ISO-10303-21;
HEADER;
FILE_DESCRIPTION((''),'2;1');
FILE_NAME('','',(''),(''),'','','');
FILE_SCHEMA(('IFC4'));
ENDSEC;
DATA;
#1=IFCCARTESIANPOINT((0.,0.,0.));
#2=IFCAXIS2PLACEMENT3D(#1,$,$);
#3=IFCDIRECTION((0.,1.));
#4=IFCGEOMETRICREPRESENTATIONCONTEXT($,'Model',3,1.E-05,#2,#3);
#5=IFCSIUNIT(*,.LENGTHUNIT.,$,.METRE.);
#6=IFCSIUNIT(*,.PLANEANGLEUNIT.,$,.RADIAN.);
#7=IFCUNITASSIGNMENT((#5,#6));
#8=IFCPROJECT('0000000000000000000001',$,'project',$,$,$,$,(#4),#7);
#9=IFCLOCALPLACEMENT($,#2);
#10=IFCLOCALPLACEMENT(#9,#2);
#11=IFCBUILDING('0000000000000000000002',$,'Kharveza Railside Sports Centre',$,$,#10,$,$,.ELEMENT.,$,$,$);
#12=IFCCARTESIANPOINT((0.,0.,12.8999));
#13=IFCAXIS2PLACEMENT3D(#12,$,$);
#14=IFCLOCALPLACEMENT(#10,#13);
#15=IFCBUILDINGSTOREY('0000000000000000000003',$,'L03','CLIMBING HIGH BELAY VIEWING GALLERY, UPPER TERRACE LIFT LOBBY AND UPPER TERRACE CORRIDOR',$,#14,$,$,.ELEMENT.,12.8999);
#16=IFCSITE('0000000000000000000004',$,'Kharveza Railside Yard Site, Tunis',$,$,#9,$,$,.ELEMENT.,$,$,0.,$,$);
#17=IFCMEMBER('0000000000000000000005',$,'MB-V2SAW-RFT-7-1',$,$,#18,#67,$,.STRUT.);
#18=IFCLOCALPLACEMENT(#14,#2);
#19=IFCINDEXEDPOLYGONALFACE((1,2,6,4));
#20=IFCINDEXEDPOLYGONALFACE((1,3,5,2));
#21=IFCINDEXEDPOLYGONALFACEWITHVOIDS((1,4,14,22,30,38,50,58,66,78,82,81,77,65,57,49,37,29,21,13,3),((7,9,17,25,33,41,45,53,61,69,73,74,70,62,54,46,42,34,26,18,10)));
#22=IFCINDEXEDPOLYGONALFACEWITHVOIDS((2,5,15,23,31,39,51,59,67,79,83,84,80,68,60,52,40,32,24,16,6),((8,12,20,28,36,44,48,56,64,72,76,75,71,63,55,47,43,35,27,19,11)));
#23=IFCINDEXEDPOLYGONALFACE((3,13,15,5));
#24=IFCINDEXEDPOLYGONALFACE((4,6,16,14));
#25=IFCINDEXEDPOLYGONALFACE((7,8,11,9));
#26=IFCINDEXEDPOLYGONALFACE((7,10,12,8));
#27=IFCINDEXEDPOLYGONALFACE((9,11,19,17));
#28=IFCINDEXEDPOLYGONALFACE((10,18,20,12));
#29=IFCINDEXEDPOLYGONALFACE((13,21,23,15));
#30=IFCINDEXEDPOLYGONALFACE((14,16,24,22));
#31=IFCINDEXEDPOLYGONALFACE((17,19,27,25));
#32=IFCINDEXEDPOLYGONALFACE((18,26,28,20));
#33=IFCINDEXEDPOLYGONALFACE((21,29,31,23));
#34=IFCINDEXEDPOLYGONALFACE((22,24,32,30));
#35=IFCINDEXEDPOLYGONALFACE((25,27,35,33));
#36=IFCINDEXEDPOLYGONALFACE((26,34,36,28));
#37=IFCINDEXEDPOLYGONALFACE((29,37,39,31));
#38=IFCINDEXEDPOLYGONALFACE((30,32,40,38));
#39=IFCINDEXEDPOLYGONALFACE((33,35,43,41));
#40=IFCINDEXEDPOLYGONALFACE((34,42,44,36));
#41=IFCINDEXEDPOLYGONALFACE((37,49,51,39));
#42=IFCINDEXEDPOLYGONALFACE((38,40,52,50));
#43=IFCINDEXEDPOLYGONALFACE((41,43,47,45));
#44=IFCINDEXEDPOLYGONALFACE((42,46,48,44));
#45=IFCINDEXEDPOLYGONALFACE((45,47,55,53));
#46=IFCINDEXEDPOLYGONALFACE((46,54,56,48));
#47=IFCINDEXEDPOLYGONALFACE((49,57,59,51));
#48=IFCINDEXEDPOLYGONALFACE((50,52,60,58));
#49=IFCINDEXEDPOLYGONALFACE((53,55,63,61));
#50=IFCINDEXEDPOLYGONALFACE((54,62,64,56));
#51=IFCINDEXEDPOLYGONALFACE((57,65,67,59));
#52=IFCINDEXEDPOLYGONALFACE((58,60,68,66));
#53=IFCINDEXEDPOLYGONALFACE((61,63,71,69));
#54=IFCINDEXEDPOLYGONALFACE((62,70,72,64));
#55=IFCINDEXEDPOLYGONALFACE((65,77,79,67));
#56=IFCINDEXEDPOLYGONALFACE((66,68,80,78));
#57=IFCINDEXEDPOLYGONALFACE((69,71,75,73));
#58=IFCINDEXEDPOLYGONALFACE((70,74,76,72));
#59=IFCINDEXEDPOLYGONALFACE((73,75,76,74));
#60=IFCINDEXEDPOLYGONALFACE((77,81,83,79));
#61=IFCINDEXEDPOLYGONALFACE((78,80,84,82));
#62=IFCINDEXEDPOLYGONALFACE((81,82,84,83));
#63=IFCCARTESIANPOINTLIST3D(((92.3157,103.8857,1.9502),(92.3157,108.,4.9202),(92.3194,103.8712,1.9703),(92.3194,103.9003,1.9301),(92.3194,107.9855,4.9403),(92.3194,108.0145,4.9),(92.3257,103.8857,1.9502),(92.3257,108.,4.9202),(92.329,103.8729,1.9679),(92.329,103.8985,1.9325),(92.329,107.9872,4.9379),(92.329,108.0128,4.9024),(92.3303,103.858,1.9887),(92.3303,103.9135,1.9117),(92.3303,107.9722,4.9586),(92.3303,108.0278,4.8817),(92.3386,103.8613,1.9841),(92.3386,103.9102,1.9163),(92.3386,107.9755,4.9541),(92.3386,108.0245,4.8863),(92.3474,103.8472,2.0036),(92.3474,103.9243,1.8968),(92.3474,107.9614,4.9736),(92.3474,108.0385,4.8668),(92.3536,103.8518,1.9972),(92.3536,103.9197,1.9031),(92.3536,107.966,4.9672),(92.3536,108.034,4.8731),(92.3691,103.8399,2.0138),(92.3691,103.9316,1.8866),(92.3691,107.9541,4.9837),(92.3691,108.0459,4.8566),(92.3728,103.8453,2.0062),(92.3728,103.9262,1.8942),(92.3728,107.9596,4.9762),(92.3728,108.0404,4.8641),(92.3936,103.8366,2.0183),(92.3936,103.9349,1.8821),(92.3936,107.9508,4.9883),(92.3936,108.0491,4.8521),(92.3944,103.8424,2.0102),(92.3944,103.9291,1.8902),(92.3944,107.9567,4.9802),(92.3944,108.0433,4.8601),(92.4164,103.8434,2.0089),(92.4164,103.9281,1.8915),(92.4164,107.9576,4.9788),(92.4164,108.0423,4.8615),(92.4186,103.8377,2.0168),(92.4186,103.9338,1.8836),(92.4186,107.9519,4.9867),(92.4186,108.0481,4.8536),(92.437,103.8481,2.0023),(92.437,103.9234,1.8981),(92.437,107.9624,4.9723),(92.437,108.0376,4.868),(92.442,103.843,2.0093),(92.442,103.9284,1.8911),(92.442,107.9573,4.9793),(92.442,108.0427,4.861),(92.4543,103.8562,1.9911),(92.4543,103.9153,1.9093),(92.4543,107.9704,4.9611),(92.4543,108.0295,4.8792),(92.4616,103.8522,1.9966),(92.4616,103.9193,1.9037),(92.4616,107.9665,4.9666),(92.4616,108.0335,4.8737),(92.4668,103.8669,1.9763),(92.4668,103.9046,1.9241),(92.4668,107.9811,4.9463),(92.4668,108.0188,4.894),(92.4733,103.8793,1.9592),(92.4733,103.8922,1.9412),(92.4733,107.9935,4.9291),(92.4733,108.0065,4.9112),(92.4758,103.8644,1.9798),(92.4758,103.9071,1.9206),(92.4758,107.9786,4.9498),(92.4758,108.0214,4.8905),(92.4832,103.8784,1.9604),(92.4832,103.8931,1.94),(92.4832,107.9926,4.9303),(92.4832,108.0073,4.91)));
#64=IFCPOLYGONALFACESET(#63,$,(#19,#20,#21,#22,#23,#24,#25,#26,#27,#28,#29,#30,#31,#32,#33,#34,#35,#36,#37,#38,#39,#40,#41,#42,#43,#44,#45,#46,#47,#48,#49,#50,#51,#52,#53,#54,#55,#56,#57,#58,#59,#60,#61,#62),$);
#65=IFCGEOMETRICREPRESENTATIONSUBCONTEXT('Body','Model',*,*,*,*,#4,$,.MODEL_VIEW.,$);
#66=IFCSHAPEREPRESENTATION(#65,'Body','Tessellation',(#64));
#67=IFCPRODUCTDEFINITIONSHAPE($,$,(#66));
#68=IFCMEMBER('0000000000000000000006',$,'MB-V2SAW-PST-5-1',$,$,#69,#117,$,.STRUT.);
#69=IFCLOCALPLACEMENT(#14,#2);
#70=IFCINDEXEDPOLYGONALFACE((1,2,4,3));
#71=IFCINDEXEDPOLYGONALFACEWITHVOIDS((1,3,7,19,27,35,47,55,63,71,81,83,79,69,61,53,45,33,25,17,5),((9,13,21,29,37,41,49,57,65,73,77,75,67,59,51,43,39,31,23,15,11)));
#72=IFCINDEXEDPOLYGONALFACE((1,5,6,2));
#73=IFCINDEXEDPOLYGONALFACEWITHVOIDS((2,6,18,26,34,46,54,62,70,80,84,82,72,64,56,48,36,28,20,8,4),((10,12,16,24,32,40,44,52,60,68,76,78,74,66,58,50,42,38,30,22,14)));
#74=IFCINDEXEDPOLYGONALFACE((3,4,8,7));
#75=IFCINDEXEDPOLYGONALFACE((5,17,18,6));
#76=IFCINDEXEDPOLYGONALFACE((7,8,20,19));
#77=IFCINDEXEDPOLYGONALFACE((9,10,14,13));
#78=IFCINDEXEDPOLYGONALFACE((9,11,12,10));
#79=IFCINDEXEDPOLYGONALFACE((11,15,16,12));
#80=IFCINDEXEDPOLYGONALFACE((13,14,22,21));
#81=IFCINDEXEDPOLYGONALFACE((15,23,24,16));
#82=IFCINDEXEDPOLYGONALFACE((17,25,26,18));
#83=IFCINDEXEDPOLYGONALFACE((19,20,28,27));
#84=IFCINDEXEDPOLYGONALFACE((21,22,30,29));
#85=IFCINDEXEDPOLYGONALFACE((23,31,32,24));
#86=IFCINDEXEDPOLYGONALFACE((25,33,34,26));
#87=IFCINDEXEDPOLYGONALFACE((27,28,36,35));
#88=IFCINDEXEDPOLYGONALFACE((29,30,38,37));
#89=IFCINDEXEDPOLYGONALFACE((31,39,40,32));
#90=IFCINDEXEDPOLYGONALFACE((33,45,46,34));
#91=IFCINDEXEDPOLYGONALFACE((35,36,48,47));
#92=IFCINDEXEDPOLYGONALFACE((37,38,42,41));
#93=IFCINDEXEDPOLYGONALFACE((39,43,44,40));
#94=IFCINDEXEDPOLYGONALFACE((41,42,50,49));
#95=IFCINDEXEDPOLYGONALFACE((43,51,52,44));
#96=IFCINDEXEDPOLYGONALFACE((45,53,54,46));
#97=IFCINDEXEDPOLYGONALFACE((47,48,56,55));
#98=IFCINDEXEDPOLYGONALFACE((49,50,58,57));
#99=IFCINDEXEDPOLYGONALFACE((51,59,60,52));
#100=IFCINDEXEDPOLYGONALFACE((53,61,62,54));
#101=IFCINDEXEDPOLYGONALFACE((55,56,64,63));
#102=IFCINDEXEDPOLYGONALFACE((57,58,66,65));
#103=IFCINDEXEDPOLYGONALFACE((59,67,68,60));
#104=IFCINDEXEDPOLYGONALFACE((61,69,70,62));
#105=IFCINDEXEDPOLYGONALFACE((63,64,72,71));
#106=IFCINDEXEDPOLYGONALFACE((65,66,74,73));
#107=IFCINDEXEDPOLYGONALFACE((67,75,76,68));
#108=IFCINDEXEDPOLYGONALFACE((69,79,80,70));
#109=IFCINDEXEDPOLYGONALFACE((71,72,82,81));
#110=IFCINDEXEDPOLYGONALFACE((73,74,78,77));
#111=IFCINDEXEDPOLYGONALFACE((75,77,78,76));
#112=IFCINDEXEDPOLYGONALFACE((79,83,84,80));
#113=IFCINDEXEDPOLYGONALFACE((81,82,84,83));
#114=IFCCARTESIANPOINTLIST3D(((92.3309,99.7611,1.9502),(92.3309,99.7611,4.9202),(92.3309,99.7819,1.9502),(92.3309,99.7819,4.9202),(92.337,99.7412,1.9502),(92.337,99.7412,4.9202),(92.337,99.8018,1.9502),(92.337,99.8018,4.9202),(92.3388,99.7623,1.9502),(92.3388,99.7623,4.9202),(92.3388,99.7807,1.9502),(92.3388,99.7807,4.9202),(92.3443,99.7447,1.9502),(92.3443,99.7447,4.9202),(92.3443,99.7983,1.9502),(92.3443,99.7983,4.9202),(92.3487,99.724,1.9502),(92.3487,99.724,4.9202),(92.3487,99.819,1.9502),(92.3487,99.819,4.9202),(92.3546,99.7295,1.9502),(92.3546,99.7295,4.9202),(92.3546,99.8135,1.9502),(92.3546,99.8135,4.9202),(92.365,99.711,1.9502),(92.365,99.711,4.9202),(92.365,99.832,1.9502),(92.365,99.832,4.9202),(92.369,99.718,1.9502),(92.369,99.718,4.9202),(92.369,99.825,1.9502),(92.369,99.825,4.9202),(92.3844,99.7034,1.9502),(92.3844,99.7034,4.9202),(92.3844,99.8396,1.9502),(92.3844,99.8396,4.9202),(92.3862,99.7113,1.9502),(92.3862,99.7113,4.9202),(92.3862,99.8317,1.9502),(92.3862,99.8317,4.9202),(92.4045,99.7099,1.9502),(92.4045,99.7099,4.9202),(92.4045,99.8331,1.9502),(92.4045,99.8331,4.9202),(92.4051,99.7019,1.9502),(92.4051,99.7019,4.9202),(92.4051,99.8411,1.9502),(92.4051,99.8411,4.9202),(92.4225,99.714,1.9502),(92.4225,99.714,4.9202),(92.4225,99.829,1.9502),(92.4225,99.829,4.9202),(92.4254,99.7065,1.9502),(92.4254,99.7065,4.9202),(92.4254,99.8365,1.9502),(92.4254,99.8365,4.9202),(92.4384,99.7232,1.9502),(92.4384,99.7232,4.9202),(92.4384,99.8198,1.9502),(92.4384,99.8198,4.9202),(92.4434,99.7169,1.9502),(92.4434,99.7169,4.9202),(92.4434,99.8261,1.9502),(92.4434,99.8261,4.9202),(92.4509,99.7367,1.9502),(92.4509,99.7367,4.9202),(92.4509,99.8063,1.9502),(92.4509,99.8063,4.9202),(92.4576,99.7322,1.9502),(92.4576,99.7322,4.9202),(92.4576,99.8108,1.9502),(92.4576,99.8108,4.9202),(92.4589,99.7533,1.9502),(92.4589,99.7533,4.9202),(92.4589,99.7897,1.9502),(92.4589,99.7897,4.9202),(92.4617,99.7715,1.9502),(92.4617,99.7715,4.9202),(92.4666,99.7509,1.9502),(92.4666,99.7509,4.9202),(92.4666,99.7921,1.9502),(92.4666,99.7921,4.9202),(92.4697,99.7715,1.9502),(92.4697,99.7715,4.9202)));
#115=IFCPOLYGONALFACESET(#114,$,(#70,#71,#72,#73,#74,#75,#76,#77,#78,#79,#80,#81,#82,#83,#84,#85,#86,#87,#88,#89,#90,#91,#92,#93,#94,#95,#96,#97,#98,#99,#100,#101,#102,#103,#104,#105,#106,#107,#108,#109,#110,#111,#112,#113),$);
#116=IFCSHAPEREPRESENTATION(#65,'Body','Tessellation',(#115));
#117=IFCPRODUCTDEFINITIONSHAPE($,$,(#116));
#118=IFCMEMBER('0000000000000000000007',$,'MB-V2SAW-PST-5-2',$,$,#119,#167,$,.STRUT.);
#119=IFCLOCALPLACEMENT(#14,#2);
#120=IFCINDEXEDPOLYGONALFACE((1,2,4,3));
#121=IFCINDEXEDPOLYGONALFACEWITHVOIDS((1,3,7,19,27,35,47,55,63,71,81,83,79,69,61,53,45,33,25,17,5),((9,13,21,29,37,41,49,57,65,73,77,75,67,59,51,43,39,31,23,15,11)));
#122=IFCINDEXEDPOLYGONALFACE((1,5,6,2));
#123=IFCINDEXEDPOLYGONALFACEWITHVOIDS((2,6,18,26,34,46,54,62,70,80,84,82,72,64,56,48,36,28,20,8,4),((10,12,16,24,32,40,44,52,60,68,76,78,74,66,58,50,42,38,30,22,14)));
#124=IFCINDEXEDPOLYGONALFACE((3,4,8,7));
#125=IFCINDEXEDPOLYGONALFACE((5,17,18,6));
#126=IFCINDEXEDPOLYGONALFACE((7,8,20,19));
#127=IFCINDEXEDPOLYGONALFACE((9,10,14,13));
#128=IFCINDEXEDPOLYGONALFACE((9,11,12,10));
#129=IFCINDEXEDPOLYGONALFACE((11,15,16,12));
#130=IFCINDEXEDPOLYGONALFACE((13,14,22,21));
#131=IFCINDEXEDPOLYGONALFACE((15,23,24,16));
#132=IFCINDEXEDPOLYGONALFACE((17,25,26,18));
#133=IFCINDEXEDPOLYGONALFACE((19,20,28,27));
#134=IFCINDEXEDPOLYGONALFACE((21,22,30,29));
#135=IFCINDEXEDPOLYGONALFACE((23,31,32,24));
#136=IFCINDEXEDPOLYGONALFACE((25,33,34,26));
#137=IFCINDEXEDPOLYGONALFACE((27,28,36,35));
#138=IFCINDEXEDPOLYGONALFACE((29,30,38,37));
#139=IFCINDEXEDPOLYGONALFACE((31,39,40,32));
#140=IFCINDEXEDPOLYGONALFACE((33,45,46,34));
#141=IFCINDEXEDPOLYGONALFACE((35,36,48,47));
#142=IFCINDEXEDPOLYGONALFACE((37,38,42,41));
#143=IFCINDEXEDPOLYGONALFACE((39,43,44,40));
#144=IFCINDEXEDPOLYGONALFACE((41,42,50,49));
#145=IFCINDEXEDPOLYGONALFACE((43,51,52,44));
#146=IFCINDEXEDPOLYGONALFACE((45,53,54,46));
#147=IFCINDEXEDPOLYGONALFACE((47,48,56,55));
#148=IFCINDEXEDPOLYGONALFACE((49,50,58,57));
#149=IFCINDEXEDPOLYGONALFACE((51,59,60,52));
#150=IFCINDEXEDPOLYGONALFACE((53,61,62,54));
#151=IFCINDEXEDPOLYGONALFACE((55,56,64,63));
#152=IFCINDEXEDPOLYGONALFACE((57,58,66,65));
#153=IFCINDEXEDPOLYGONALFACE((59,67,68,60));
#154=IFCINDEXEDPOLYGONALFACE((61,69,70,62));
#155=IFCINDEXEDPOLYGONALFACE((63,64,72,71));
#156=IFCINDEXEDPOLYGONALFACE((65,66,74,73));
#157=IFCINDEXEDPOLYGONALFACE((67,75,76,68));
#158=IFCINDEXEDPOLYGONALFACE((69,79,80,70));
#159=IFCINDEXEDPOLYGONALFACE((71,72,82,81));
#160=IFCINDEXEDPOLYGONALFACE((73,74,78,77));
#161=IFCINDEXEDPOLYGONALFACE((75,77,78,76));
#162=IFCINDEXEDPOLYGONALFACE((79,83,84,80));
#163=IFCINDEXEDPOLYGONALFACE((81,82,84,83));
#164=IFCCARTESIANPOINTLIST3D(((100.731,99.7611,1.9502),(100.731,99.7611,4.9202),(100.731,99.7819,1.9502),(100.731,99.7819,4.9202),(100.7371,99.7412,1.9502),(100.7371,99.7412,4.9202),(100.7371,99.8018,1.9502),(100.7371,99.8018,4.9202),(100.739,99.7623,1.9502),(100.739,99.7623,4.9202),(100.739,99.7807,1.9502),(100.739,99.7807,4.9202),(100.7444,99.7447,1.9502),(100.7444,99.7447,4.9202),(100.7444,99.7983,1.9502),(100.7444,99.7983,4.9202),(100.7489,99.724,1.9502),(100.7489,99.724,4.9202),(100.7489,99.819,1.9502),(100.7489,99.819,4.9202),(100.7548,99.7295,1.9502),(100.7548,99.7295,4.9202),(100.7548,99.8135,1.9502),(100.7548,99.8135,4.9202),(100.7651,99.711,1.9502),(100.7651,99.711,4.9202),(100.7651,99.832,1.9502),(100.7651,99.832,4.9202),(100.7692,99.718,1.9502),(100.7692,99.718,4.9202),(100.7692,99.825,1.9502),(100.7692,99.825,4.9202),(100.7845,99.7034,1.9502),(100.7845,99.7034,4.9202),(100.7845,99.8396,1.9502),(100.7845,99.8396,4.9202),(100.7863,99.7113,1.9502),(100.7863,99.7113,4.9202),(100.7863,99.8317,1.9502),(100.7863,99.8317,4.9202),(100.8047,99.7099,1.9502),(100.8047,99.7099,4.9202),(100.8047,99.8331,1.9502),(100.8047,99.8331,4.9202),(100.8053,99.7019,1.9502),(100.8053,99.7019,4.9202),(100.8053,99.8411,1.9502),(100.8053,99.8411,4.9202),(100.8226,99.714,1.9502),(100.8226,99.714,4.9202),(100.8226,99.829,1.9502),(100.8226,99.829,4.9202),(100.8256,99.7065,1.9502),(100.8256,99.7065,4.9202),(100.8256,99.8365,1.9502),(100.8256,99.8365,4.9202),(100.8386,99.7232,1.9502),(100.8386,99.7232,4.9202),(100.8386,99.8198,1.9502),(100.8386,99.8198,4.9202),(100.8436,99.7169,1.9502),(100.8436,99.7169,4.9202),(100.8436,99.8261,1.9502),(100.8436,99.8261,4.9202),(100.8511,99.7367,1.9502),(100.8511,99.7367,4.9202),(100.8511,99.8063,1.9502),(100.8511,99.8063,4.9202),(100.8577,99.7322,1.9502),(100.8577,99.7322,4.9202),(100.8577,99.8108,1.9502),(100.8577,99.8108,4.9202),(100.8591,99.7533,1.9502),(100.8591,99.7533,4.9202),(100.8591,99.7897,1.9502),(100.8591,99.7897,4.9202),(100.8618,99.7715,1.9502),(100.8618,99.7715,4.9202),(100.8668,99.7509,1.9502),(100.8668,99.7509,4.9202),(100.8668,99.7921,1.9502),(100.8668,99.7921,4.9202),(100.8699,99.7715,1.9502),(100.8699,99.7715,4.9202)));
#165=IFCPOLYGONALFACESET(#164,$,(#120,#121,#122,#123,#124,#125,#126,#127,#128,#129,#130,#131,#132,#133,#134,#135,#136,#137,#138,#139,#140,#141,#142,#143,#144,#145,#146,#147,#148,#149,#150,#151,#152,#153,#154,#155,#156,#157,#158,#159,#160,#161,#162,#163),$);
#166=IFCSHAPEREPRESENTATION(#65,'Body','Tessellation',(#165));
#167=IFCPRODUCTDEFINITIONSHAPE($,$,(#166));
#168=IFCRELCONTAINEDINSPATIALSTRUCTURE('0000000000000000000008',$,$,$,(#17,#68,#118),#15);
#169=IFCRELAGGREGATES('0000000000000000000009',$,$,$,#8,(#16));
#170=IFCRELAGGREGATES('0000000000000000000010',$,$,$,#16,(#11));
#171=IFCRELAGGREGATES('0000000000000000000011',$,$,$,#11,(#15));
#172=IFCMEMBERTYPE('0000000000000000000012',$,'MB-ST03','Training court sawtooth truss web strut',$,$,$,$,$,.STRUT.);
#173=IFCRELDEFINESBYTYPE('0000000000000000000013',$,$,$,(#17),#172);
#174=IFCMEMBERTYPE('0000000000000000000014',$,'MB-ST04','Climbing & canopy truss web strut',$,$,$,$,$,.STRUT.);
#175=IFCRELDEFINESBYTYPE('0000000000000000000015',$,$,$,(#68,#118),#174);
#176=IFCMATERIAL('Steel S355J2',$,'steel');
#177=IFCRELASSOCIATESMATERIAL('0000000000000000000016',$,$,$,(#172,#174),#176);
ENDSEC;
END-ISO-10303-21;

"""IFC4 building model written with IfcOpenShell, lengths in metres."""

from ifc_helpers import new_model, si_unit, direction, frame, origin, origin_2d, place, context, subcontext, project, spatial, hollow_circle, extrude, material, material_profile, profile_set, type_object, element, save


model = new_model("IFC4")

# Units and contexts
model_context = context("Model", 3, precision=1e-05, world=origin(), true_north=direction((0.0, 1.0)))
body_context = subcontext(model_context, "Body", "Model", "MODEL_VIEW")
ifc_project = project(units=[si_unit("LENGTHUNIT", "METRE"), si_unit("PLANEANGLEUNIT", "RADIAN")], contexts=[model_context])

# Site, building, storey
site_placement = place(None, origin())
site = spatial("IfcSite", under=ifc_project, at=site_placement, Name="Kharveza Railside Yard Site, Tunis", CompositionType="ELEMENT", RefElevation=0.0)
building_placement = place(site_placement, origin())
building = spatial("IfcBuilding", under=site, at=building_placement, Name="Kharveza Railside Sports Centre", CompositionType="ELEMENT")
storey_placement = place(building_placement, frame((0.0, 0.0, 12.8999)))
storey = spatial("IfcBuildingStorey", under=building, at=storey_placement, Name="L03", Description="CLIMBING HIGH BELAY VIEWING GALLERY, UPPER TERRACE LIFT LOBBY AND UPPER TERRACE CORRIDOR", CompositionType="ELEMENT", Elevation=12.8999)

# Shared definitions
ifc_material_1 = material(Name="Steel S355J2", Category="steel")

# Members
ifc_material_profile_1 = material_profile(ifc_material_1, hollow_circle(Radius=0.0842, WallThickness=0.01, at=origin_2d()), Name="CHS 168.3x10.0")
ifc_profile_set_1 = profile_set([ifc_material_profile_1], Name="Steel S355J2")
member_type_1 = type_object("IfcMemberType", Name="MB-ST03", Description="Training court sawtooth truss web strut", PredefinedType="STRUT", material=ifc_profile_set_1)
for number, where, z_axis, x_axis, name in (
    (1, (92.3999, 103.8857, 1.9502), (0.0, 0.810814, 0.585304), (-1.0, 0.0, 0.0), "MB-V2SAW-RFT-7-1"),
):
    element("IfcMember", number, at=place(storey_placement, frame(where, z_axis=z_axis, x_axis=x_axis)), inside=storey, type_object=member_type_1, Name=name, PredefinedType="STRUT", context=body_context, shape_type="SweptSolid", body=[
        extrude(hollow_circle(Radius=0.0842, WallThickness=0.01, at=origin_2d()), origin(), (0.0, 0.0, 1.0), 5.0742),
    ])
ifc_material_profile_2 = material_profile(ifc_material_1, hollow_circle(Radius=0.0698, WallThickness=0.0081, at=origin_2d()), Name="CHS 139.7x8.0")
ifc_profile_set_2 = profile_set([ifc_material_profile_2], Name="Steel S355J2")
member_type_2 = type_object("IfcMemberType", Name="MB-ST04", Description="Climbing & canopy truss web strut", PredefinedType="STRUT", material=ifc_profile_set_2)
for number, where, z_axis, x_axis, name in (
    (2, (92.3999, 99.7715, 1.9502), (0.0, 0.0, 1.0), (1.0, 0.0, 0.0), "MB-V2SAW-PST-5-1"),
    (3, (100.8, 99.7715, 1.9502), (0.0, 0.0, 1.0), (1.0, 0.0, 0.0), "MB-V2SAW-PST-5-2"),
):
    element("IfcMember", number, at=place(storey_placement, frame(where, z_axis=z_axis, x_axis=x_axis)), inside=storey, type_object=member_type_2, Name=name, PredefinedType="STRUT", context=body_context, shape_type="SweptSolid", body=[
        extrude(hollow_circle(Radius=0.0698, WallThickness=0.0081, at=origin_2d()), origin(), (0.0, 0.0, 1.0), 2.97),
    ])

save(model, "model.ifc")
